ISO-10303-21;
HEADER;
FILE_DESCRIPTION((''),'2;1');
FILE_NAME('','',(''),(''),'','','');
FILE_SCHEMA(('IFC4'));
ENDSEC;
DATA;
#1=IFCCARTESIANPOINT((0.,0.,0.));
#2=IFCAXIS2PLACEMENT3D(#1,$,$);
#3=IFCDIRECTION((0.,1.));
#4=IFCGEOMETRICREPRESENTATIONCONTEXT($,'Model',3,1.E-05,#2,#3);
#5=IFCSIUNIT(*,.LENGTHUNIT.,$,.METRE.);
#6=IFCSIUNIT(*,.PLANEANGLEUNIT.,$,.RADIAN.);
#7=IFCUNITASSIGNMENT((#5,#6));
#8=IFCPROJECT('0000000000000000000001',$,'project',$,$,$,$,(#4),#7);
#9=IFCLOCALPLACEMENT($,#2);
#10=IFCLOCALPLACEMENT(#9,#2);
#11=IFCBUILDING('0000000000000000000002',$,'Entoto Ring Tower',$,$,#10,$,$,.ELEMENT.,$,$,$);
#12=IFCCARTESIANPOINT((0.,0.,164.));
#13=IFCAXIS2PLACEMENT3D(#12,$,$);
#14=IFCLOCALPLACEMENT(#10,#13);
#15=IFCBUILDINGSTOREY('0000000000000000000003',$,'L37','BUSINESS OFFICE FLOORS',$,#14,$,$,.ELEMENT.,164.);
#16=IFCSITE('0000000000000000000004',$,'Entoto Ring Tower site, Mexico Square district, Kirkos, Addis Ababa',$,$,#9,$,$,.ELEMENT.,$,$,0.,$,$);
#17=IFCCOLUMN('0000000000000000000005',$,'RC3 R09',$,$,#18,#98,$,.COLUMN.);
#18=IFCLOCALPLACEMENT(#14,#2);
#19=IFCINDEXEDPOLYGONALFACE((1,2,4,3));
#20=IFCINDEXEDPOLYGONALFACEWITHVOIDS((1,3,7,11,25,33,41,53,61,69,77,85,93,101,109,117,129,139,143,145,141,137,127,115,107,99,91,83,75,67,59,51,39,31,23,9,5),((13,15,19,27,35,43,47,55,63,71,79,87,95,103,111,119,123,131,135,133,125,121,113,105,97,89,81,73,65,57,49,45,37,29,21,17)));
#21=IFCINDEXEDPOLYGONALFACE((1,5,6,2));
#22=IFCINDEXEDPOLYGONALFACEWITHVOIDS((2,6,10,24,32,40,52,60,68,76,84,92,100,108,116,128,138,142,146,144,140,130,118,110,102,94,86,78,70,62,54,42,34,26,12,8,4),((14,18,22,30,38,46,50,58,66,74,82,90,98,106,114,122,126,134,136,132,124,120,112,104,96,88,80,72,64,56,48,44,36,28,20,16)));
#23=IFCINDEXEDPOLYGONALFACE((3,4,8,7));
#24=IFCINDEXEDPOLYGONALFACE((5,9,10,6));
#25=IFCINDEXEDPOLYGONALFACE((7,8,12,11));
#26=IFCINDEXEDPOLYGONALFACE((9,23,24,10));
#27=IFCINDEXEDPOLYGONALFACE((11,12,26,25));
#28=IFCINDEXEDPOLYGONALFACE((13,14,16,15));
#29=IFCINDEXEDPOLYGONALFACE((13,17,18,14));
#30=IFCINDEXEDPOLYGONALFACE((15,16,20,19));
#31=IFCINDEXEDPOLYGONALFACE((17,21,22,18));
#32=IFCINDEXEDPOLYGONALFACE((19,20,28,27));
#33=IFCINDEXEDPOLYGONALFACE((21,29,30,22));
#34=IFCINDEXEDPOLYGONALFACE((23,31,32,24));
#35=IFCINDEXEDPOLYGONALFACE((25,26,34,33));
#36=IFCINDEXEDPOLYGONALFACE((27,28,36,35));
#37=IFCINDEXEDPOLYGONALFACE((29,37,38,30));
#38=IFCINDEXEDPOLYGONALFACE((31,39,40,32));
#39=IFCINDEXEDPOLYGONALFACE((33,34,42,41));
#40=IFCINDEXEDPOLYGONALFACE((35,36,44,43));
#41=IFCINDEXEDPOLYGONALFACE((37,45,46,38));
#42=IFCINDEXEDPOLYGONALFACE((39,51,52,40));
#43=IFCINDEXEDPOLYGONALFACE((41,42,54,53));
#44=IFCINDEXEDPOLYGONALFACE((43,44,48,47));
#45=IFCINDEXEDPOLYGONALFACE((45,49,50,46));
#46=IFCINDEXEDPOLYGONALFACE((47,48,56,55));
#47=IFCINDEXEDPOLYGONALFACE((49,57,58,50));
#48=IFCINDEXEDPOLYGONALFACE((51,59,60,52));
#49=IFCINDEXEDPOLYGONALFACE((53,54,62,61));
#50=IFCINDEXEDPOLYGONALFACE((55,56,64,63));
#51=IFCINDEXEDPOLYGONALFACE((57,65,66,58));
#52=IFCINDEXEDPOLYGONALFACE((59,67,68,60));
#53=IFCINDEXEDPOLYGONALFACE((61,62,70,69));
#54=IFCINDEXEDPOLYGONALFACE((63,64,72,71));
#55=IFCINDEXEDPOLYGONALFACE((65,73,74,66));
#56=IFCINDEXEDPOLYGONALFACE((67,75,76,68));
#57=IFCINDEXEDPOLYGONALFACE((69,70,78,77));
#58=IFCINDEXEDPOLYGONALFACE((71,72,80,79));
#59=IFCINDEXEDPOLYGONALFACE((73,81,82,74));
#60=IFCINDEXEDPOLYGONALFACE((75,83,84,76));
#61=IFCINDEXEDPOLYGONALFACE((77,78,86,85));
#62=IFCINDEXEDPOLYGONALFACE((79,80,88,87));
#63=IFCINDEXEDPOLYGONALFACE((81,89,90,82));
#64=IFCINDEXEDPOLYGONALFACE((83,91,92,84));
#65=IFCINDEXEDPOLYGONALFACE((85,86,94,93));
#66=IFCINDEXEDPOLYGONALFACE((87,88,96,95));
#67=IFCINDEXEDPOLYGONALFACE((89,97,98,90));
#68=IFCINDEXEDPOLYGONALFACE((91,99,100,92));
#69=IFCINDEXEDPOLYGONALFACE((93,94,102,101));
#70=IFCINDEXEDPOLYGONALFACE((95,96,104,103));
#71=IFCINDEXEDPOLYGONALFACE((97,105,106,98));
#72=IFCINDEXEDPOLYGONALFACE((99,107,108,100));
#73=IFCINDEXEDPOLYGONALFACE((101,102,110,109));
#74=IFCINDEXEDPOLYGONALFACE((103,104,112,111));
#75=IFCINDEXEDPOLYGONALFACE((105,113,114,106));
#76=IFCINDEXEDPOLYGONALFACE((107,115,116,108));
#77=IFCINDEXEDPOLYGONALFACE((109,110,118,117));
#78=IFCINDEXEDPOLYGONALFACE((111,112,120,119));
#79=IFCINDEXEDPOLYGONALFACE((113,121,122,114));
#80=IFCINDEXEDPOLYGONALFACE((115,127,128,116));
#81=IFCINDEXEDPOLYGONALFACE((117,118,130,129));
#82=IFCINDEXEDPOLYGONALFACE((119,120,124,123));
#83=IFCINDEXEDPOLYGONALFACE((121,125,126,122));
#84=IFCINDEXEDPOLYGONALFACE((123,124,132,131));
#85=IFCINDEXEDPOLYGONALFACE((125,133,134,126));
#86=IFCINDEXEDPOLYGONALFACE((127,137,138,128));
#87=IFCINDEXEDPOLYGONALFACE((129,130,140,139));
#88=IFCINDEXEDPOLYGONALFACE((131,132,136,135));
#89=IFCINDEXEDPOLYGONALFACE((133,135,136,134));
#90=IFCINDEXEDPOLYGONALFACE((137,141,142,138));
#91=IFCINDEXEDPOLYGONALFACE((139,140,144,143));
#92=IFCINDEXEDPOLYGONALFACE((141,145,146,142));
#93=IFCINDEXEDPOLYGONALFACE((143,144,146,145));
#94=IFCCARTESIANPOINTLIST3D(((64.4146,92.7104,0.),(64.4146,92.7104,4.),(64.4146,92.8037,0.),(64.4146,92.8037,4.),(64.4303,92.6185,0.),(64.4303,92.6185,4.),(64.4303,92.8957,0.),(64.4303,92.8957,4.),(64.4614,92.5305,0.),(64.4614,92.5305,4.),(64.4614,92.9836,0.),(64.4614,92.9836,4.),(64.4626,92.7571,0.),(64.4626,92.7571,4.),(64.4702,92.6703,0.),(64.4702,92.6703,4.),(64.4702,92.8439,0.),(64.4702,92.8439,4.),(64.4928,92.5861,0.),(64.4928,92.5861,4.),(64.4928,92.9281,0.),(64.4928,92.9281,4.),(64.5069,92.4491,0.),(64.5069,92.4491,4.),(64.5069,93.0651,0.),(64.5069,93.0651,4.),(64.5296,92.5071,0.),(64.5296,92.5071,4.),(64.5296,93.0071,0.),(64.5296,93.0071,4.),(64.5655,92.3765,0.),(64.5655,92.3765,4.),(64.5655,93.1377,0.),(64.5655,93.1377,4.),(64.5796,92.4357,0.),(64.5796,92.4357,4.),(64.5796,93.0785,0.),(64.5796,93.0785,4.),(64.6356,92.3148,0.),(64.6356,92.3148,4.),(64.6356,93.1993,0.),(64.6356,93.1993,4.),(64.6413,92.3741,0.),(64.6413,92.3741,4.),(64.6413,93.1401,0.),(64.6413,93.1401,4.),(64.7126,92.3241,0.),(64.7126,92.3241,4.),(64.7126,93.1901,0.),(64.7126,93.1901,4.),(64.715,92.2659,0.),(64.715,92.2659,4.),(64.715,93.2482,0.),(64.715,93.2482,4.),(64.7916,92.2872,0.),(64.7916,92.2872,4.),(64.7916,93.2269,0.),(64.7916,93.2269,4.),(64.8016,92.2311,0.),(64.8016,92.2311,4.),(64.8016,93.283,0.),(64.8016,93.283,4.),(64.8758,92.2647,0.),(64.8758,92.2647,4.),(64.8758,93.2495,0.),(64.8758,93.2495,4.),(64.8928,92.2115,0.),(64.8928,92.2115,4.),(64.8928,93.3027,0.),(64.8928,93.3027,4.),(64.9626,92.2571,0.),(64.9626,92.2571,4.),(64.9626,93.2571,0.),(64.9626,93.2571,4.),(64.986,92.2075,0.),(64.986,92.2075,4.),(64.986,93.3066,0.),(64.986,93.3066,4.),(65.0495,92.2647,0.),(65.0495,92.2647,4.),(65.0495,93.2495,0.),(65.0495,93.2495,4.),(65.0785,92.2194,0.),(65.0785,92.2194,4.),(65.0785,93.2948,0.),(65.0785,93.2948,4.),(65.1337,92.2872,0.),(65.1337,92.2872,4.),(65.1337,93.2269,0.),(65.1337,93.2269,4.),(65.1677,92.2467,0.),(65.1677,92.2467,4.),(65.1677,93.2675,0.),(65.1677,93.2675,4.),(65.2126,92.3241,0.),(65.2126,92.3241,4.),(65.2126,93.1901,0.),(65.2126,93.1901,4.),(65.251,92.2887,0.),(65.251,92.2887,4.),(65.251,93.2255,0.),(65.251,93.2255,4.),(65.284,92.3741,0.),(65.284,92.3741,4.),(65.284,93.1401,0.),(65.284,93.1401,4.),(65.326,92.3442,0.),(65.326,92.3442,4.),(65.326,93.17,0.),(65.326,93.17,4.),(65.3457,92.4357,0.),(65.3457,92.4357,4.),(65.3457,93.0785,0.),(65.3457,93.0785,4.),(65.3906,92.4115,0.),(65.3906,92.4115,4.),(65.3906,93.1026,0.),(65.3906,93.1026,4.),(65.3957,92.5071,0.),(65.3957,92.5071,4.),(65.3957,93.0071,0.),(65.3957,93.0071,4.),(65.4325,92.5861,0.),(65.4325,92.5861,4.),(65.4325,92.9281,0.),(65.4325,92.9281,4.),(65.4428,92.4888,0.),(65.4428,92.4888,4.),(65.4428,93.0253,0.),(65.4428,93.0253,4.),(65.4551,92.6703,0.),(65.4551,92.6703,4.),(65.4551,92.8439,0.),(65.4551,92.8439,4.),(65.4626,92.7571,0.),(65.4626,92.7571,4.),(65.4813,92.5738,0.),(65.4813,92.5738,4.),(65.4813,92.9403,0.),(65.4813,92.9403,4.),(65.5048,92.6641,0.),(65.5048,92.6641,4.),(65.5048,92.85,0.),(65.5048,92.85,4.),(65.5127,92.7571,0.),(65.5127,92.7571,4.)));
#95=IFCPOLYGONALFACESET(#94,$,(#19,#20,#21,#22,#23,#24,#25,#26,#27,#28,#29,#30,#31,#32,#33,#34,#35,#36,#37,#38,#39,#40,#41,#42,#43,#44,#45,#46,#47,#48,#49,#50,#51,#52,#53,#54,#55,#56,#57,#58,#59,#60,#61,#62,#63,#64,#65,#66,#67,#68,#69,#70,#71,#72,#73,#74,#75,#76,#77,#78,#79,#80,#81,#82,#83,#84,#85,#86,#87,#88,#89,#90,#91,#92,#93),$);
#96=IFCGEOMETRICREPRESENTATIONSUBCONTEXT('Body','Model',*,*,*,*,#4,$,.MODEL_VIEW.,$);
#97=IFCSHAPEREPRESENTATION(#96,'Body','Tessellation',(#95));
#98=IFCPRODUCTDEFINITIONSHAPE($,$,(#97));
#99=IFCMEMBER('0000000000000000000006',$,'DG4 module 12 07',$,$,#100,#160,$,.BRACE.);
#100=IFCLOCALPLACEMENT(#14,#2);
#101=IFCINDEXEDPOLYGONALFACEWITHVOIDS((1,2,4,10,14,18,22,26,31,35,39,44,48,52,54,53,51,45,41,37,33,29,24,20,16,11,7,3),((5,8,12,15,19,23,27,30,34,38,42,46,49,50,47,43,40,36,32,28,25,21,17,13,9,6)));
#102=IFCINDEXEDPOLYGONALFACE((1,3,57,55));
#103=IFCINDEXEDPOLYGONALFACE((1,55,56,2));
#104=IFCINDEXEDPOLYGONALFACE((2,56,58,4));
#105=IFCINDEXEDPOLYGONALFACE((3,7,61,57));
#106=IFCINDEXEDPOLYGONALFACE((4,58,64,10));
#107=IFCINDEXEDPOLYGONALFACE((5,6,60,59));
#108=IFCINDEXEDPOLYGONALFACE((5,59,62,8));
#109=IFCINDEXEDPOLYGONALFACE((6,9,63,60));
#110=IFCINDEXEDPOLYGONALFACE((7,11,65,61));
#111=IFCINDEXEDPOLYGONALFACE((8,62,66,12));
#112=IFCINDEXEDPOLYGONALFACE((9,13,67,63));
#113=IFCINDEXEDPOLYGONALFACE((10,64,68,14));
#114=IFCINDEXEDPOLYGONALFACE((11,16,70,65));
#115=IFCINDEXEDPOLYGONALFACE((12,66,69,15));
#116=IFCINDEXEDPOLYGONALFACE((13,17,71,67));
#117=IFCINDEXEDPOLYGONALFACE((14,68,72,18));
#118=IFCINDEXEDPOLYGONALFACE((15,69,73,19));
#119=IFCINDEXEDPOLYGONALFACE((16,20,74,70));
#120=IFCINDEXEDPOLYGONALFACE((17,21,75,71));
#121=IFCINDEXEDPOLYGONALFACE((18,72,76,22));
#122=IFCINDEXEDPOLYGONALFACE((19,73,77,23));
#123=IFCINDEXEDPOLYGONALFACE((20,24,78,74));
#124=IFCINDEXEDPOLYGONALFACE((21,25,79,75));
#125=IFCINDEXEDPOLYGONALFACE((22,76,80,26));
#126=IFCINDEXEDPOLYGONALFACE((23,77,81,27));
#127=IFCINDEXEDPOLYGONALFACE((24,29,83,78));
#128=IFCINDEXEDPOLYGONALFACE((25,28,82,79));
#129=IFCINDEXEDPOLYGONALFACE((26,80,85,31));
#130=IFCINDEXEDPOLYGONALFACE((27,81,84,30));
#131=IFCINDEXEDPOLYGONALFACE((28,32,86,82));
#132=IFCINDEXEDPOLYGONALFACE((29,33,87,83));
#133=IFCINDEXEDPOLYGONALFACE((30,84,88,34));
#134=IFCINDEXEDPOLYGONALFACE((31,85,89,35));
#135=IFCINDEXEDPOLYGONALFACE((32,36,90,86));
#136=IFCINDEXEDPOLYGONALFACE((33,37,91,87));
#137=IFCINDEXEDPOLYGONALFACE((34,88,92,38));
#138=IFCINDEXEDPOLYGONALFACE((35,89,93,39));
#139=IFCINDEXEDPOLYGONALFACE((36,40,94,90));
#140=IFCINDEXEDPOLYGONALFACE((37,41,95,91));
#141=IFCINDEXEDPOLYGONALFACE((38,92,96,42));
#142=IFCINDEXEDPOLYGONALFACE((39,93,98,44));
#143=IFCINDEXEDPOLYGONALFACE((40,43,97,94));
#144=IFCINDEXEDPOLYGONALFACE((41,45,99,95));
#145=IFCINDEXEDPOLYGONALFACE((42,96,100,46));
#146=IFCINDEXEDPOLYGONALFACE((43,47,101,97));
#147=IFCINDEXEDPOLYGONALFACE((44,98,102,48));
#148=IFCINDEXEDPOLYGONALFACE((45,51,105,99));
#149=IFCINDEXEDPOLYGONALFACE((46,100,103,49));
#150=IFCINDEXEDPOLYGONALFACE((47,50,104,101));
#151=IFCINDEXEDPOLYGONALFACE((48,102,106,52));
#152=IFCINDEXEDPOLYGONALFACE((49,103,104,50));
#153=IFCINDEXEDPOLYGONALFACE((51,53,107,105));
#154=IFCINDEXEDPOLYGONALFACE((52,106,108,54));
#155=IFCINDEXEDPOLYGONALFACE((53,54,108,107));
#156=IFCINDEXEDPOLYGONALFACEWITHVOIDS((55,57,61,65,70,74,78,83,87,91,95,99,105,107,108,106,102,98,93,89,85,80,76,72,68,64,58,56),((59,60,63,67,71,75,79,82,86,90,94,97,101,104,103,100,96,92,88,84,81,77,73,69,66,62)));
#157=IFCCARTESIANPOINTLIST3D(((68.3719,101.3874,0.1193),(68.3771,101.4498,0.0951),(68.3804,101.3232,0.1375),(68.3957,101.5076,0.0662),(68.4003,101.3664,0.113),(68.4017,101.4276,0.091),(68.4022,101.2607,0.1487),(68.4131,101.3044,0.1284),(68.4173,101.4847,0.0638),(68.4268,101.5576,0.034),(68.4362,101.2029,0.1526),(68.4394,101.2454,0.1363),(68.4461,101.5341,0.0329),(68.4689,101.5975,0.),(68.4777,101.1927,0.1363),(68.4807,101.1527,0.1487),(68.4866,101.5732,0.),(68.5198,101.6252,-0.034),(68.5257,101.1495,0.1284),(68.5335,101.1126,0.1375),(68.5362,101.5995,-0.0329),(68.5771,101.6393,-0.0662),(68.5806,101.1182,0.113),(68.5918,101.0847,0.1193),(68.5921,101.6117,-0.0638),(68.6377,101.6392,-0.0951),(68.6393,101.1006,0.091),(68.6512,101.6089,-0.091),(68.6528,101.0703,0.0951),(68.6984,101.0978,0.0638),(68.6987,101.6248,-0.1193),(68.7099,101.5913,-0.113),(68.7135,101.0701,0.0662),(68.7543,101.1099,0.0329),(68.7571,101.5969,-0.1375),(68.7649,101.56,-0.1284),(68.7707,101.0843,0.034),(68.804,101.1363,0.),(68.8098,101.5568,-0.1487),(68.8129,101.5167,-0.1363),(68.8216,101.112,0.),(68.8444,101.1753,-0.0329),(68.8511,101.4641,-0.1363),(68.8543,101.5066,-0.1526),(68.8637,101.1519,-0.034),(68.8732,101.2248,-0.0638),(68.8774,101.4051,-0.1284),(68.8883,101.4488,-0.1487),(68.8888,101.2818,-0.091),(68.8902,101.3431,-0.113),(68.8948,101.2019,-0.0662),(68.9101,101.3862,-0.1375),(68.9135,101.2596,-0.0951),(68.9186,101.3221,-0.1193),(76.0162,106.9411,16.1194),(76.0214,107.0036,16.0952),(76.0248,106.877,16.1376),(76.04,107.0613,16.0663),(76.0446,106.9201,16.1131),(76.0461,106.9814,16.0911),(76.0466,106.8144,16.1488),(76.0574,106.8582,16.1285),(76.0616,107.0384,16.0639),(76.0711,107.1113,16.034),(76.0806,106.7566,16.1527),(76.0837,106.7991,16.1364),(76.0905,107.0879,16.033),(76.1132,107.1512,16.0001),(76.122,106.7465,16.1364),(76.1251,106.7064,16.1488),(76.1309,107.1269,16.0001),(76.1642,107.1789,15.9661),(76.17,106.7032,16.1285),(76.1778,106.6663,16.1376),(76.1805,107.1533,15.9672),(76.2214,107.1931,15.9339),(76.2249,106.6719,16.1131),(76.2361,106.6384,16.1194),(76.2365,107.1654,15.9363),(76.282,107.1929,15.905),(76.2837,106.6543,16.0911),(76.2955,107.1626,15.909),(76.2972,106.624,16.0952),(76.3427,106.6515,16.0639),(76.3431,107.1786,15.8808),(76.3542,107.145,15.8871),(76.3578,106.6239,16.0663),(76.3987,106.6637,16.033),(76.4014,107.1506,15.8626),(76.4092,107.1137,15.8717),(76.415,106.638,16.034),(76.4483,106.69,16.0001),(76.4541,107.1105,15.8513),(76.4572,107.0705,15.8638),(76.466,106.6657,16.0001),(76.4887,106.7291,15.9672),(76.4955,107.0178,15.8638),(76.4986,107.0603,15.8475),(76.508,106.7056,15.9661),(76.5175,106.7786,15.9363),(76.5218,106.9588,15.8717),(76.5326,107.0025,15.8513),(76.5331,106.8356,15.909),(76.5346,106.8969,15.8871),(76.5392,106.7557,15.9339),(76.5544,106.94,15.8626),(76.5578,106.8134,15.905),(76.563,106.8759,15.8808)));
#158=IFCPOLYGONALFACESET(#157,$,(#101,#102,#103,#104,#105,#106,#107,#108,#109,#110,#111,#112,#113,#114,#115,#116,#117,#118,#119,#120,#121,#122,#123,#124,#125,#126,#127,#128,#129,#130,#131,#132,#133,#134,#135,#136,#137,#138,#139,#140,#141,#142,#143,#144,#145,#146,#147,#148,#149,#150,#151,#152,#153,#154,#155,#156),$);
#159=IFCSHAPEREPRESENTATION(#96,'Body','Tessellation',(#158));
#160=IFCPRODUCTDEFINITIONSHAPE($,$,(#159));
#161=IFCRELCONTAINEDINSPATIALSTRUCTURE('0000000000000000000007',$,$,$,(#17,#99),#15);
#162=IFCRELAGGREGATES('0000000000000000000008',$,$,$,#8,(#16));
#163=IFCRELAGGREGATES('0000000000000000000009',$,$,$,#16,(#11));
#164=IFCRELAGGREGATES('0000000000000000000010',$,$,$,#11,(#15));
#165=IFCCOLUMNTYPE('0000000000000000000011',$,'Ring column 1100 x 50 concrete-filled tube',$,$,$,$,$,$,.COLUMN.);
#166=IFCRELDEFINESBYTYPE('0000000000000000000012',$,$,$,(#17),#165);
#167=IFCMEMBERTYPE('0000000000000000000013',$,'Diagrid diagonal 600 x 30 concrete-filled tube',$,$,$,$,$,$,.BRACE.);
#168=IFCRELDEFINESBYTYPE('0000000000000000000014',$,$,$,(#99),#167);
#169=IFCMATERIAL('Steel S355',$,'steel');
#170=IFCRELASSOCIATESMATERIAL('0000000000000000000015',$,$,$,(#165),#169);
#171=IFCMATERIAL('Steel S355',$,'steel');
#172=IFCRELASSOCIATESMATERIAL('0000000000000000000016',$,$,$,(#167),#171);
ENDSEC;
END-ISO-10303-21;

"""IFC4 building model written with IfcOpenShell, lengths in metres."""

from ifc_helpers import new_model, si_unit, direction, frame, origin, origin_2d, place, context, subcontext, project, spatial, circle, hollow_circle, extrude, material, material_profile, profile_set, type_object, element, save


model = new_model("IFC4")

# Units and contexts
model_context = context("Model", 3, precision=1e-05, world=origin(), true_north=direction((0.0, 1.0)))
body_context = subcontext(model_context, "Body", "Model", "MODEL_VIEW")
ifc_project = project(units=[si_unit("LENGTHUNIT", "METRE"), si_unit("PLANEANGLEUNIT", "RADIAN")], contexts=[model_context])

# Site, building, storey
site_placement = place(None, origin())
site = spatial("IfcSite", under=ifc_project, at=site_placement, Name="Entoto Ring Tower site, Mexico Square district, Kirkos, Addis Ababa", CompositionType="ELEMENT", RefElevation=0.0)
building_placement = place(site_placement, origin())
building = spatial("IfcBuilding", under=site, at=building_placement, Name="Entoto Ring Tower", CompositionType="ELEMENT")
storey_placement = place(building_placement, frame((0.0, 0.0, 164.0)))
storey = spatial("IfcBuildingStorey", under=building, at=storey_placement, Name="L37", Description="BUSINESS OFFICE FLOORS", CompositionType="ELEMENT", Elevation=164.0)

# Column
ifc_material_1 = material(Name="Steel S355", Category="steel")
ifc_material_profile_1 = material_profile(ifc_material_1, hollow_circle(Radius=0.55, WallThickness=0.05, at=origin_2d()), Name="CHS 1100 x 50")
ifc_material_2 = material(Name="Concrete C60/75", Category="concrete")
ifc_material_profile_2 = material_profile(ifc_material_2, circle(Radius=0.5, at=origin_2d()), Name="Concrete C60/75 infill")
ifc_profile_set_1 = profile_set([ifc_material_profile_1, ifc_material_profile_2], Name="Steel S355")
column_type = type_object("IfcColumnType", Name="Ring column 1100 x 50 concrete-filled tube", PredefinedType="COLUMN", material=ifc_profile_set_1)
for number, where, z_axis, x_axis, name in (
    (1, (64.9626, 92.7571, 0.0), (0.0, 0.0, 1.0), (1.0, 0.0, 0.0), "RC3 R09"),
):
    element("IfcColumn", number, at=place(storey_placement, frame(where, z_axis=z_axis, x_axis=x_axis)), inside=storey, type_object=column_type, Name=name, PredefinedType="COLUMN", context=body_context, shape_type="SweptSolid", body=[
        extrude(hollow_circle(Radius=0.55, WallThickness=0.05, at=origin_2d()), origin(), (0.0, 0.0, 1.0), 4.0),
    ])

# Member
ifc_material_3 = material(Name="Steel S355", Category="steel")
ifc_material_profile_3 = material_profile(ifc_material_3, hollow_circle(Radius=0.3, WallThickness=0.03, at=origin_2d()), Name="CHS 600 x 30")
ifc_material_4 = material(Name="Concrete C60/75", Category="concrete")
ifc_material_profile_4 = material_profile(ifc_material_4, circle(Radius=0.27, at=origin_2d()), Name="Concrete C60/75 infill")
ifc_profile_set_2 = profile_set([ifc_material_profile_3, ifc_material_profile_4], Name="Steel S355")
member_type_1 = type_object("IfcMemberType", Name="Diagrid diagonal 600 x 30 concrete-filled tube", PredefinedType="BRACE", material=ifc_profile_set_2)
for number, where, z_axis, x_axis, name in (
    (2, (68.6453, 101.3547, 0.0), (0.411388, 0.298881, 0.861063), (-0.587772, 0.809026, 0.0), "DG4 module 12 07"),
):
    element("IfcMember", number, at=place(storey_placement, frame(where, z_axis=z_axis, x_axis=x_axis)), inside=storey, type_object=member_type_1, Name=name, PredefinedType="BRACE", context=body_context, shape_type="SweptSolid", body=[
        extrude(hollow_circle(Radius=0.3, WallThickness=0.03, at=origin_2d()), origin(), (0.0, 0.0, 1.0), 18.5818),
    ])

save(model, "model.ifc")
